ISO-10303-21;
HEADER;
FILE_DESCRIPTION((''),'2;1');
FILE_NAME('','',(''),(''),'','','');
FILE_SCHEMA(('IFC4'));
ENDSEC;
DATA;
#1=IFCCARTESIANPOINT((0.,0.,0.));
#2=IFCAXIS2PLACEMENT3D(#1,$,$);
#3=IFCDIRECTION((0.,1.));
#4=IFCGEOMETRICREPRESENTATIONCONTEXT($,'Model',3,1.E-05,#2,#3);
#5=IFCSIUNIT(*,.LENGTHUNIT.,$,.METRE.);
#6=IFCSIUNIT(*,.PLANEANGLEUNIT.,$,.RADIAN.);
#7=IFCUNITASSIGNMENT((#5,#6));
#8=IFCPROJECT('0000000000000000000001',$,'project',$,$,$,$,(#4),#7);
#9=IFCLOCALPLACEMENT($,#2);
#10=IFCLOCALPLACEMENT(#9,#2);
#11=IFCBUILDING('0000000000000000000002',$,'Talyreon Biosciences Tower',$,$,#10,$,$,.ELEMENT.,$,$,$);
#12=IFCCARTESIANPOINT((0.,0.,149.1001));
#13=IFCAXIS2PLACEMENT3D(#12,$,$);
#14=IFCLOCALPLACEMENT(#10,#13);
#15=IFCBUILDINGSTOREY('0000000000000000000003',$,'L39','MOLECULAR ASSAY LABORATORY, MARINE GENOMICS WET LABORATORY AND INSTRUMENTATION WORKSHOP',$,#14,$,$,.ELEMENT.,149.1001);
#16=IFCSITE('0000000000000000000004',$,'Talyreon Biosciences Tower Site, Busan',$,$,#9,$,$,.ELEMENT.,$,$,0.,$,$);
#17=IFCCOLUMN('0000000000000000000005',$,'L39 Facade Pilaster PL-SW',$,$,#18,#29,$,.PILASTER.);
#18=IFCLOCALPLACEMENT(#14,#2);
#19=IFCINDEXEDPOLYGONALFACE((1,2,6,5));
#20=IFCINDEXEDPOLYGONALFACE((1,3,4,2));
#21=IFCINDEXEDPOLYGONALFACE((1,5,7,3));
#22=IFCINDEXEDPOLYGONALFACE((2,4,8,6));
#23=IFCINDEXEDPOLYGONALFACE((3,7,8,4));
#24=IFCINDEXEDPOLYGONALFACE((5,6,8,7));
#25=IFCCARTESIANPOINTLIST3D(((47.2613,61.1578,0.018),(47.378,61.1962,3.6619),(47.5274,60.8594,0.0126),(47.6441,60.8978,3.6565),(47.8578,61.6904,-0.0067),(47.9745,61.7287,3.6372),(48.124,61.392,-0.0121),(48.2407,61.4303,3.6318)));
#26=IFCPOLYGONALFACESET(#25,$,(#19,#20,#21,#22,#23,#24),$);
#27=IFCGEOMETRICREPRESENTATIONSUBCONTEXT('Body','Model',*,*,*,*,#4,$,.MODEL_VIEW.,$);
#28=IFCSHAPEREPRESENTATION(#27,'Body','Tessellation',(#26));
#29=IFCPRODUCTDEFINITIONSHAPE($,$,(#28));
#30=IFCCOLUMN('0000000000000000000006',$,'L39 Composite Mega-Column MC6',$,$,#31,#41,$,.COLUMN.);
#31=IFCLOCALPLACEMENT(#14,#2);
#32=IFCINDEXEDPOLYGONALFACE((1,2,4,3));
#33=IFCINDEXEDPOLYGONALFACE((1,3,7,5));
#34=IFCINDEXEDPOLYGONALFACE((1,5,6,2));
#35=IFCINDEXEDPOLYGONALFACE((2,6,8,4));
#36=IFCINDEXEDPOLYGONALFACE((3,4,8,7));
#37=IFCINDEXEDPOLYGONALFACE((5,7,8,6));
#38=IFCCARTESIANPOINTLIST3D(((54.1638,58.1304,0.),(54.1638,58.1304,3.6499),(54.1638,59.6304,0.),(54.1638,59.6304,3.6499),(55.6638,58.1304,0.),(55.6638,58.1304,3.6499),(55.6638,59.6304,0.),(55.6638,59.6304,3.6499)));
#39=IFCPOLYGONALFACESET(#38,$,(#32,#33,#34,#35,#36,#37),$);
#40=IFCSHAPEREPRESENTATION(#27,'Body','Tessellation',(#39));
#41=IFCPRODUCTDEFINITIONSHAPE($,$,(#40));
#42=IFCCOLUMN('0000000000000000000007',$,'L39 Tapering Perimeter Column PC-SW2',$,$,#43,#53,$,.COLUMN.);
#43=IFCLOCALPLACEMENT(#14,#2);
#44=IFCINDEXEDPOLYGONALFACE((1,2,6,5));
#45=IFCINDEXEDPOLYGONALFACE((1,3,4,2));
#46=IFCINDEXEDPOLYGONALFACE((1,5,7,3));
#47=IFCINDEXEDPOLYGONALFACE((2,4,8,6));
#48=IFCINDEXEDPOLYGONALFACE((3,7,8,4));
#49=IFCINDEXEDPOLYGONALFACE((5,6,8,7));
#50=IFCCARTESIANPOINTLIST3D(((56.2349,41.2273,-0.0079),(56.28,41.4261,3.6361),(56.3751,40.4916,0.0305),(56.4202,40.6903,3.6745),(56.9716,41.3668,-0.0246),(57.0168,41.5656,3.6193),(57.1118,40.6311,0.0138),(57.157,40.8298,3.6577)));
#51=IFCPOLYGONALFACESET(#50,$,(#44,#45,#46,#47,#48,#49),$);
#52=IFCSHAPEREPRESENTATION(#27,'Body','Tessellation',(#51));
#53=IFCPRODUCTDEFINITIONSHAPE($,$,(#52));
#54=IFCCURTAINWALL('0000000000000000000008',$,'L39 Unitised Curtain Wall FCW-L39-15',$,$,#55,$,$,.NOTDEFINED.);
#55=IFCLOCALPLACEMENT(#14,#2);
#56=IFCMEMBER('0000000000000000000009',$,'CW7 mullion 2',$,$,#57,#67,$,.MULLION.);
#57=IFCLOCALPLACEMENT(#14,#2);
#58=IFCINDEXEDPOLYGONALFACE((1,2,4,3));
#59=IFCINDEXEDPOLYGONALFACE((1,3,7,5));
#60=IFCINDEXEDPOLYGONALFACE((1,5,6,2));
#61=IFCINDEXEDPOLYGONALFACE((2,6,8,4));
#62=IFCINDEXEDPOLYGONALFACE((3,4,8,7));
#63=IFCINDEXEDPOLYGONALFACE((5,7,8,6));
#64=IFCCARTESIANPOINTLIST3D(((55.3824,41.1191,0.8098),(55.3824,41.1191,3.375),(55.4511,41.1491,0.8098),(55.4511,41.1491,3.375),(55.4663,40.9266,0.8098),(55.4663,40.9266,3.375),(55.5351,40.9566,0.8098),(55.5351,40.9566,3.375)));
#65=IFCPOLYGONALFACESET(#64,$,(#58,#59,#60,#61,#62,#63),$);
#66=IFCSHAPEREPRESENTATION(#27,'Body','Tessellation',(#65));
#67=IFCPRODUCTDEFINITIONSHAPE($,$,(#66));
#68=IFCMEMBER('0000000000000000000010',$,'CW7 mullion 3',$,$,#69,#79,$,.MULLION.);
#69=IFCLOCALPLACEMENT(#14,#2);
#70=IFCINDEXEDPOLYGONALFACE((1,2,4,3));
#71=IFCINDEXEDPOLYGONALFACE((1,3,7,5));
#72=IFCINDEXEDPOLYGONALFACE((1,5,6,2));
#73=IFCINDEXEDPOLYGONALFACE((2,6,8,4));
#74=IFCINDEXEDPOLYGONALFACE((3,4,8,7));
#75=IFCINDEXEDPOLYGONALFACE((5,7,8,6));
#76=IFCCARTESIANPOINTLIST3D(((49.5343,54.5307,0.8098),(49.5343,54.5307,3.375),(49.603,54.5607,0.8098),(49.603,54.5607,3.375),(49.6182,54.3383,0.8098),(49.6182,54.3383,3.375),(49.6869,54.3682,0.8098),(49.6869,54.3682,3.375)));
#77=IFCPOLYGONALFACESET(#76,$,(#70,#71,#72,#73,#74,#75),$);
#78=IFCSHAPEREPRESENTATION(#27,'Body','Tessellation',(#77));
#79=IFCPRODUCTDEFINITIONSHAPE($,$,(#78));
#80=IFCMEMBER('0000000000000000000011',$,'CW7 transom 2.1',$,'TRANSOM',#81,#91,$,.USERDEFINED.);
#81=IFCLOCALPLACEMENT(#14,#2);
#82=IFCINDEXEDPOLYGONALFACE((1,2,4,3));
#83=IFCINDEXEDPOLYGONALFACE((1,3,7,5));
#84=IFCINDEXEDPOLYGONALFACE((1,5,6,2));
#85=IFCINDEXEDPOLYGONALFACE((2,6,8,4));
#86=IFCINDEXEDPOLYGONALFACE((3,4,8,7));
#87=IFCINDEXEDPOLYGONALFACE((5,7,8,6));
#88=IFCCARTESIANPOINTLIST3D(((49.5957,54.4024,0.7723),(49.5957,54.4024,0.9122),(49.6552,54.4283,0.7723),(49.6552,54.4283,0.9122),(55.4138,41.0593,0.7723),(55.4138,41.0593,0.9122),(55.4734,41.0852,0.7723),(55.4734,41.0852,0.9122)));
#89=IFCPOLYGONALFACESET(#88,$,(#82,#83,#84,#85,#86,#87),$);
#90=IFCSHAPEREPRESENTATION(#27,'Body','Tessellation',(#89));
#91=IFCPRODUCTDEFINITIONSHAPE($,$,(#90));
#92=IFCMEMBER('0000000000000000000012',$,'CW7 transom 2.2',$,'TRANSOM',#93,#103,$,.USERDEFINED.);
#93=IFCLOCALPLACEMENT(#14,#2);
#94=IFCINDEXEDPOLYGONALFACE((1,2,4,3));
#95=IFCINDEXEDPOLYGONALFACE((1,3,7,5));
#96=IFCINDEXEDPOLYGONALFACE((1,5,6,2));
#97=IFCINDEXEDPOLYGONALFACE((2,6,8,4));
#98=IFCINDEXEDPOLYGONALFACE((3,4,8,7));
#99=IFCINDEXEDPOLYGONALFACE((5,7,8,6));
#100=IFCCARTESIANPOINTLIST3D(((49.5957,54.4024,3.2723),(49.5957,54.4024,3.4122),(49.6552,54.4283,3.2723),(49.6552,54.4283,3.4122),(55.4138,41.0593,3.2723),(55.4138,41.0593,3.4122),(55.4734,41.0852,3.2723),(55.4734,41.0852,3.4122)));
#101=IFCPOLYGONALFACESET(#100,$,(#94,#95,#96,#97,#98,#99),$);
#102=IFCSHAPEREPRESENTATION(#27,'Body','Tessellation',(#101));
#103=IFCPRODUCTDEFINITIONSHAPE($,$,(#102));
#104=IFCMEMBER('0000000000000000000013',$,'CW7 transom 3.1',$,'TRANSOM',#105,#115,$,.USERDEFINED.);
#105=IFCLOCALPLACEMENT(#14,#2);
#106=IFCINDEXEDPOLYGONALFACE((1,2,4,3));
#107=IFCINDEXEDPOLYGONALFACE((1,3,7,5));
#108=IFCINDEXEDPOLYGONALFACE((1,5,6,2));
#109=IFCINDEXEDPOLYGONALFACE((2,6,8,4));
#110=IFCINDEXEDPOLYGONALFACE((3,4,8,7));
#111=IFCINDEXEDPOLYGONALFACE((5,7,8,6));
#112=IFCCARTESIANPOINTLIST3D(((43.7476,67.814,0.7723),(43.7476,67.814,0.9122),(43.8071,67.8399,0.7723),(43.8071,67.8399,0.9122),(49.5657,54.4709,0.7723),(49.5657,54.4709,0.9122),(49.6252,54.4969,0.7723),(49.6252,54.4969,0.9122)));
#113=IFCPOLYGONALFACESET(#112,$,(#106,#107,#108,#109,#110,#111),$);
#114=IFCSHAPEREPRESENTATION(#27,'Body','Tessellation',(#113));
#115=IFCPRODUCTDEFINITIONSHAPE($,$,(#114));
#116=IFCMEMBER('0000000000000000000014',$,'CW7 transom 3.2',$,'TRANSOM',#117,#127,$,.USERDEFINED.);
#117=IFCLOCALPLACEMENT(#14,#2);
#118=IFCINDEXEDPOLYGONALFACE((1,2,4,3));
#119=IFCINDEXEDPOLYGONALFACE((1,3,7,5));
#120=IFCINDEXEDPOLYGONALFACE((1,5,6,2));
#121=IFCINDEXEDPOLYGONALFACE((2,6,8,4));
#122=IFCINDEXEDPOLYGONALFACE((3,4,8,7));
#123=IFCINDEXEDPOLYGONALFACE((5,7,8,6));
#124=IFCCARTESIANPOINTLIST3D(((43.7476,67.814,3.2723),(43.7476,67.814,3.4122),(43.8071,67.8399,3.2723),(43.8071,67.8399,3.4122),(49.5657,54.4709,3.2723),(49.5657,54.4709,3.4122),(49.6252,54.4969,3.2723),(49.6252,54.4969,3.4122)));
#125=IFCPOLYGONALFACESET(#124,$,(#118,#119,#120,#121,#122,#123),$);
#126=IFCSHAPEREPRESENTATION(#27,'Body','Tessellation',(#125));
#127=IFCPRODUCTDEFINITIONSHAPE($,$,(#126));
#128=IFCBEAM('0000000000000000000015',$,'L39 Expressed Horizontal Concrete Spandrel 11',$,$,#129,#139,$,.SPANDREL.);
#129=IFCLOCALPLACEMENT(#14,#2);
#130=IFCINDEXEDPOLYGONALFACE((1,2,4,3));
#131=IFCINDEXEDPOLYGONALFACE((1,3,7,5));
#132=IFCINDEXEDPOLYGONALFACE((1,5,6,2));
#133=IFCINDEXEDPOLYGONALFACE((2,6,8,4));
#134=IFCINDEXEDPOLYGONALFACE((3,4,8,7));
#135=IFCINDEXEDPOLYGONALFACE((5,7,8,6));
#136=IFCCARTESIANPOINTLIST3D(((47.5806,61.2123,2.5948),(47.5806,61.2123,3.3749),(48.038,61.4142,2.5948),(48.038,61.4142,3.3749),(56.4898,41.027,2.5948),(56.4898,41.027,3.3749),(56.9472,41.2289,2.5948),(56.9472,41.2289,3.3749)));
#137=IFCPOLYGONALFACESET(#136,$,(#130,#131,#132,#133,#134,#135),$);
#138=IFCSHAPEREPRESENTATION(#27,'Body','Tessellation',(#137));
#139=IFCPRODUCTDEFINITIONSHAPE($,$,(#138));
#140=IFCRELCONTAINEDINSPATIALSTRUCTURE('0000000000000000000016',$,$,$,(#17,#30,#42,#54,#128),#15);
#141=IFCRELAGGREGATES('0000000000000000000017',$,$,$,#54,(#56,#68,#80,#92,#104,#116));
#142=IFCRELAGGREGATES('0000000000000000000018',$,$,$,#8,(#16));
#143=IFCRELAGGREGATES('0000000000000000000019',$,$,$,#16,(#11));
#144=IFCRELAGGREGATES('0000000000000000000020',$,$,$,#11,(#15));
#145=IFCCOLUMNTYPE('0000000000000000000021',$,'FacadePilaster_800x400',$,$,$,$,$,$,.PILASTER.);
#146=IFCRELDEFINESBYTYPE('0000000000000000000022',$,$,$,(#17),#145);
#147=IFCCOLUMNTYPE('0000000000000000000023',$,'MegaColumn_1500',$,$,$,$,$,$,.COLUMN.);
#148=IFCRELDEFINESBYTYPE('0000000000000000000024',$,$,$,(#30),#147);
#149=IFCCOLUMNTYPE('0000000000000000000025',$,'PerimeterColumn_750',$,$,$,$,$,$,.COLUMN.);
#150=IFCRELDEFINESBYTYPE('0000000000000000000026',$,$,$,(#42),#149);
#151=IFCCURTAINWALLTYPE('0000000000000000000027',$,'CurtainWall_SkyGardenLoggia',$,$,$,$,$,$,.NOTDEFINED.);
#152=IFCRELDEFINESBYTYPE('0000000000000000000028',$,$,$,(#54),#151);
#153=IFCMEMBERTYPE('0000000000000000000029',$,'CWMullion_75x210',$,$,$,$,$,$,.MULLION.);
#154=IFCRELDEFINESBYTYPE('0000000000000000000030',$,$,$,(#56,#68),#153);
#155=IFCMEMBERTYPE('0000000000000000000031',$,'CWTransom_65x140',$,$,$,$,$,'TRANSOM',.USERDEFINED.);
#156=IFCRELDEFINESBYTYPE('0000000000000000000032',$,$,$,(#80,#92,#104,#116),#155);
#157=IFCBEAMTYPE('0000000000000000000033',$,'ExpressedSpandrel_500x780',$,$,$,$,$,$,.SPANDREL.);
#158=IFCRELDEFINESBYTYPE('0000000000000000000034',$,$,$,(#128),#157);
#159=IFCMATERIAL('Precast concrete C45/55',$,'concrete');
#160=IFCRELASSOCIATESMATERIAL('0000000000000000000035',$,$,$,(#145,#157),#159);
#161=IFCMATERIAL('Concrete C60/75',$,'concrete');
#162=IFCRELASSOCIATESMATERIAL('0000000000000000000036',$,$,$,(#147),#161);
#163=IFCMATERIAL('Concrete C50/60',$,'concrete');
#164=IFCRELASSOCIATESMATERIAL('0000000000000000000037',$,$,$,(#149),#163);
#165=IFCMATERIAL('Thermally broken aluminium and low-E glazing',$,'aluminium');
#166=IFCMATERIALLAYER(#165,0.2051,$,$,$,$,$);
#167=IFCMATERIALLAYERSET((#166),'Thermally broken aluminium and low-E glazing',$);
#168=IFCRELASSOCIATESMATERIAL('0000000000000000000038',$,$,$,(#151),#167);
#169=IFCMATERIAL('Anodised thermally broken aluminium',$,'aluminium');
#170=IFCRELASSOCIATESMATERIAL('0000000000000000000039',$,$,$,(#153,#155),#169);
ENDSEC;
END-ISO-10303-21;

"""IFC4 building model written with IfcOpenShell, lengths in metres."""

from ifc_helpers import new_model, si_unit, direction, frame, origin, origin_2d, place, context, subcontext, project, spatial, rectangle, extrude, material, layer, layer_set, material_profile, profile_set, type_object, element, aggregate, save


model = new_model("IFC4")

# Units and contexts
model_context = context("Model", 3, precision=1e-05, world=origin(), true_north=direction((0.0, 1.0)))
body_context = subcontext(model_context, "Body", "Model", "MODEL_VIEW")
ifc_project = project(units=[si_unit("LENGTHUNIT", "METRE"), si_unit("PLANEANGLEUNIT", "RADIAN")], contexts=[model_context])

# Site, building, storey
site_placement = place(None, origin())
site = spatial("IfcSite", under=ifc_project, at=site_placement, Name="Talyreon Biosciences Tower Site, Busan", CompositionType="ELEMENT", RefElevation=0.0)
building_placement = place(site_placement, origin())
building = spatial("IfcBuilding", under=site, at=building_placement, Name="Talyreon Biosciences Tower", CompositionType="ELEMENT")
storey_placement = place(building_placement, frame((0.0, 0.0, 149.1001)))
storey = spatial("IfcBuildingStorey", under=building, at=storey_placement, Name="L39", Description="MOLECULAR ASSAY LABORATORY, MARINE GENOMICS WET LABORATORY AND INSTRUMENTATION WORKSHOP", CompositionType="ELEMENT", Elevation=149.1001)

# Columns
ifc_material_1 = material(Name="Precast concrete C45/55", Category="concrete")
ifc_material_profile_1 = material_profile(ifc_material_1, rectangle(XDim=0.8, YDim=0.3999, at=origin_2d()), Name="RC 800x400")
ifc_profile_set_1 = profile_set([ifc_material_profile_1], Name="Precast concrete C45/55")
column_type_1 = type_object("IfcColumnType", Name="FacadePilaster_800x400", PredefinedType="PILASTER", material=ifc_profile_set_1)
column_1_placement = place(storey_placement, frame((47.6926, 61.2749, 0.0029), z_axis=(0.032006, 0.010513, 0.999432), x_axis=(0.745658, 0.665613, -0.030881)))
element("IfcColumn", 1, at=column_1_placement, inside=storey, type_object=column_type_1, Name="L39 Facade Pilaster PL-SW", PredefinedType="PILASTER", context=body_context, shape_type="SweptSolid", body=[
    extrude(rectangle(XDim=0.8, YDim=0.3999, at=origin_2d()), origin(), (0.0, 0.0, 1.0), 3.646),
])
ifc_material_2 = material(Name="Concrete C60/75", Category="concrete")
ifc_material_profile_2 = material_profile(ifc_material_2, rectangle(XDim=1.5, YDim=1.5, at=origin_2d()), Name="RC 1500x1500")
ifc_profile_set_2 = profile_set([ifc_material_profile_2], Name="Concrete C60/75")
column_type_2 = type_object("IfcColumnType", Name="MegaColumn_1500", PredefinedType="COLUMN", material=ifc_profile_set_2)
column_2_placement = place(storey_placement, frame((54.9138, 58.8804, 0.0), z_axis=(0.0, 0.0, 1.0), x_axis=(1.0, 0.0, 0.0)))
element("IfcColumn", 2, at=column_2_placement, inside=storey, type_object=column_type_2, Name="L39 Composite Mega-Column MC6", PredefinedType="COLUMN", context=body_context, shape_type="SweptSolid", body=[
    extrude(rectangle(XDim=1.5, YDim=1.5, at=origin_2d()), origin(), (0.0, 0.0, 1.0), 3.6499),
])
ifc_material_3 = material(Name="Concrete C50/60", Category="concrete")
ifc_material_profile_3 = material_profile(ifc_material_3, rectangle(XDim=0.75, YDim=0.75, at=origin_2d()), Name="RC 750x750")
ifc_profile_set_3 = profile_set([ifc_material_profile_3], Name="Concrete C50/60")
column_type_3 = type_object("IfcColumnType", Name="PerimeterColumn_750", PredefinedType="COLUMN", material=ifc_profile_set_3)
column_3_placement = place(storey_placement, frame((56.6733, 40.9292, 0.0029), z_axis=(0.012375, 0.054451, 0.99844), x_axis=(-0.186922, 0.98104, -0.051185)))
element("IfcColumn", 3, at=column_3_placement, inside=storey, type_object=column_type_3, Name="L39 Tapering Perimeter Column PC-SW2", PredefinedType="COLUMN", context=body_context, shape_type="SweptSolid", body=[
    extrude(rectangle(XDim=0.75, YDim=0.75, at=origin_2d()), origin(), (0.0, 0.0, 1.0), 3.6497),
])

# Curtain wall, members
ifc_material_4 = material(Name="Thermally broken aluminium and low-E glazing", Category="aluminium")
ifc_layer_1 = layer(ifc_material_4, 0.2051)
ifc_layer_set_1 = layer_set([ifc_layer_1], Name="Thermally broken aluminium and low-E glazing")
curtain_wall_type = type_object("IfcCurtainWallType", Name="CurtainWall_SkyGardenLoggia", PredefinedType="NOTDEFINED", material=ifc_layer_set_1)
curtain_wall_placement = place(storey_placement, origin())
curtain_wall = element("IfcCurtainWall", 4, at=curtain_wall_placement, inside=storey, type_object=curtain_wall_type, Name="L39 Unitised Curtain Wall FCW-L39-15", PredefinedType="NOTDEFINED")
ifc_material_5 = material(Name="Anodised thermally broken aluminium", Category="aluminium")
ifc_material_profile_4 = material_profile(ifc_material_5, rectangle(XDim=0.075, YDim=0.21, at=origin_2d()), Name="ALUM MULLION 75x210")
ifc_profile_set_4 = profile_set([ifc_material_profile_4], Name="Anodised thermally broken aluminium")
member_type_1 = type_object("IfcMemberType", Name="CWMullion_75x210", PredefinedType="MULLION", material=ifc_profile_set_4)
member_1_placement = place(storey_placement, frame((55.4587, 41.0378, 0.8098), z_axis=(0.0, 0.0, 1.0), x_axis=(-0.916647, -0.399698, 0.0)))
member_1 = element("IfcMember", 5, at=member_1_placement, type_object=member_type_1, Name="CW7 mullion 2", PredefinedType="MULLION", context=body_context, shape_type="SweptSolid", body=[
    extrude(rectangle(XDim=0.075, YDim=0.21, at=origin_2d()), origin(), (0.0, 0.0, 1.0), 2.5652),
])
member_2_placement = place(storey_placement, frame((49.6106, 54.4495, 0.8098), z_axis=(0.0, 0.0, 1.0), x_axis=(-0.916647, -0.399698, 0.0)))
member_2 = element("IfcMember", 6, at=member_2_placement, type_object=member_type_1, Name="CW7 mullion 3", PredefinedType="MULLION", context=body_context, shape_type="SweptSolid", body=[
    extrude(rectangle(XDim=0.075, YDim=0.21, at=origin_2d()), origin(), (0.0, 0.0, 1.0), 2.5652),
])
ifc_material_profile_5 = material_profile(ifc_material_5, rectangle(XDim=0.0649, YDim=0.1399, at=origin_2d()), Name="ALUM TRANSOM 65x140")
ifc_profile_set_5 = profile_set([ifc_material_profile_5], Name="Anodised thermally broken aluminium")
member_type_2 = type_object("IfcMemberType", Name="CWTransom_65x140", ElementType="TRANSOM", PredefinedType="USERDEFINED", material=ifc_profile_set_5)
member_3_placement = place(storey_placement, frame((55.4436, 41.0723, 0.8423), z_axis=(-0.399697, 0.916647, 0.0), x_axis=(-0.916647, -0.399697, 0.0)))
member_3 = element("IfcMember", 7, at=member_3_placement, type_object=member_type_2, Name="CW7 transom 2.1", ObjectType="TRANSOM", PredefinedType="USERDEFINED", context=body_context, shape_type="SweptSolid", body=[
    extrude(rectangle(XDim=0.0649, YDim=0.1399, at=origin_2d()), origin(), (0.0, 0.0, 1.0), 14.5564),
])
member_4_placement = place(storey_placement, frame((55.4436, 41.0723, 3.3423), z_axis=(-0.399697, 0.916647, 0.0), x_axis=(-0.916647, -0.399697, 0.0)))
member_4 = element("IfcMember", 8, at=member_4_placement, type_object=member_type_2, Name="CW7 transom 2.2", ObjectType="TRANSOM", PredefinedType="USERDEFINED", context=body_context, shape_type="SweptSolid", body=[
    extrude(rectangle(XDim=0.0649, YDim=0.1399, at=origin_2d()), origin(), (0.0, 0.0, 1.0), 14.5564),
])
member_5_placement = place(storey_placement, frame((49.5955, 54.4839, 0.8423), z_axis=(-0.399697, 0.916647, 0.0), x_axis=(-0.916647, -0.399697, 0.0)))
member_5 = element("IfcMember", 9, at=member_5_placement, type_object=member_type_2, Name="CW7 transom 3.1", ObjectType="TRANSOM", PredefinedType="USERDEFINED", context=body_context, shape_type="SweptSolid", body=[
    extrude(rectangle(XDim=0.0649, YDim=0.1399, at=origin_2d()), origin(), (0.0, 0.0, 1.0), 14.5564),
])
member_6_placement = place(storey_placement, frame((49.5955, 54.4839, 3.3423), z_axis=(-0.399697, 0.916647, 0.0), x_axis=(-0.916647, -0.399697, 0.0)))
member_6 = element("IfcMember", 10, at=member_6_placement, type_object=member_type_2, Name="CW7 transom 3.2", ObjectType="TRANSOM", PredefinedType="USERDEFINED", context=body_context, shape_type="SweptSolid", body=[
    extrude(rectangle(XDim=0.0649, YDim=0.1399, at=origin_2d()), origin(), (0.0, 0.0, 1.0), 14.5564),
])

# Beam
ifc_material_profile_6 = material_profile(ifc_material_1, rectangle(XDim=0.5, YDim=0.78, at=origin_2d()), Name="RCB 500x780")
ifc_profile_set_6 = profile_set([ifc_material_profile_6], Name="Precast concrete C45/55")
beam_type_1 = type_object("IfcBeamType", Name="ExpressedSpandrel_500x780", PredefinedType="SPANDREL", material=ifc_profile_set_6)
beam_1_placement = place(storey_placement, frame((47.8093, 61.3132, 2.9849), z_axis=(0.403788, -0.914853, 0.0), x_axis=(0.914853, 0.403788, 0.0)))
element("IfcBeam", 11, at=beam_1_placement, inside=storey, type_object=beam_type_1, Name="L39 Expressed Horizontal Concrete Spandrel 11", PredefinedType="SPANDREL", context=body_context, shape_type="SweptSolid", body=[
    extrude(rectangle(XDim=0.5, YDim=0.78, at=origin_2d()), origin(), (0.0, 0.0, 1.0), 22.064),
])

aggregate(curtain_wall, [member_1, member_2, member_3, member_4, member_5, member_6])

save(model, "model.ifc")
